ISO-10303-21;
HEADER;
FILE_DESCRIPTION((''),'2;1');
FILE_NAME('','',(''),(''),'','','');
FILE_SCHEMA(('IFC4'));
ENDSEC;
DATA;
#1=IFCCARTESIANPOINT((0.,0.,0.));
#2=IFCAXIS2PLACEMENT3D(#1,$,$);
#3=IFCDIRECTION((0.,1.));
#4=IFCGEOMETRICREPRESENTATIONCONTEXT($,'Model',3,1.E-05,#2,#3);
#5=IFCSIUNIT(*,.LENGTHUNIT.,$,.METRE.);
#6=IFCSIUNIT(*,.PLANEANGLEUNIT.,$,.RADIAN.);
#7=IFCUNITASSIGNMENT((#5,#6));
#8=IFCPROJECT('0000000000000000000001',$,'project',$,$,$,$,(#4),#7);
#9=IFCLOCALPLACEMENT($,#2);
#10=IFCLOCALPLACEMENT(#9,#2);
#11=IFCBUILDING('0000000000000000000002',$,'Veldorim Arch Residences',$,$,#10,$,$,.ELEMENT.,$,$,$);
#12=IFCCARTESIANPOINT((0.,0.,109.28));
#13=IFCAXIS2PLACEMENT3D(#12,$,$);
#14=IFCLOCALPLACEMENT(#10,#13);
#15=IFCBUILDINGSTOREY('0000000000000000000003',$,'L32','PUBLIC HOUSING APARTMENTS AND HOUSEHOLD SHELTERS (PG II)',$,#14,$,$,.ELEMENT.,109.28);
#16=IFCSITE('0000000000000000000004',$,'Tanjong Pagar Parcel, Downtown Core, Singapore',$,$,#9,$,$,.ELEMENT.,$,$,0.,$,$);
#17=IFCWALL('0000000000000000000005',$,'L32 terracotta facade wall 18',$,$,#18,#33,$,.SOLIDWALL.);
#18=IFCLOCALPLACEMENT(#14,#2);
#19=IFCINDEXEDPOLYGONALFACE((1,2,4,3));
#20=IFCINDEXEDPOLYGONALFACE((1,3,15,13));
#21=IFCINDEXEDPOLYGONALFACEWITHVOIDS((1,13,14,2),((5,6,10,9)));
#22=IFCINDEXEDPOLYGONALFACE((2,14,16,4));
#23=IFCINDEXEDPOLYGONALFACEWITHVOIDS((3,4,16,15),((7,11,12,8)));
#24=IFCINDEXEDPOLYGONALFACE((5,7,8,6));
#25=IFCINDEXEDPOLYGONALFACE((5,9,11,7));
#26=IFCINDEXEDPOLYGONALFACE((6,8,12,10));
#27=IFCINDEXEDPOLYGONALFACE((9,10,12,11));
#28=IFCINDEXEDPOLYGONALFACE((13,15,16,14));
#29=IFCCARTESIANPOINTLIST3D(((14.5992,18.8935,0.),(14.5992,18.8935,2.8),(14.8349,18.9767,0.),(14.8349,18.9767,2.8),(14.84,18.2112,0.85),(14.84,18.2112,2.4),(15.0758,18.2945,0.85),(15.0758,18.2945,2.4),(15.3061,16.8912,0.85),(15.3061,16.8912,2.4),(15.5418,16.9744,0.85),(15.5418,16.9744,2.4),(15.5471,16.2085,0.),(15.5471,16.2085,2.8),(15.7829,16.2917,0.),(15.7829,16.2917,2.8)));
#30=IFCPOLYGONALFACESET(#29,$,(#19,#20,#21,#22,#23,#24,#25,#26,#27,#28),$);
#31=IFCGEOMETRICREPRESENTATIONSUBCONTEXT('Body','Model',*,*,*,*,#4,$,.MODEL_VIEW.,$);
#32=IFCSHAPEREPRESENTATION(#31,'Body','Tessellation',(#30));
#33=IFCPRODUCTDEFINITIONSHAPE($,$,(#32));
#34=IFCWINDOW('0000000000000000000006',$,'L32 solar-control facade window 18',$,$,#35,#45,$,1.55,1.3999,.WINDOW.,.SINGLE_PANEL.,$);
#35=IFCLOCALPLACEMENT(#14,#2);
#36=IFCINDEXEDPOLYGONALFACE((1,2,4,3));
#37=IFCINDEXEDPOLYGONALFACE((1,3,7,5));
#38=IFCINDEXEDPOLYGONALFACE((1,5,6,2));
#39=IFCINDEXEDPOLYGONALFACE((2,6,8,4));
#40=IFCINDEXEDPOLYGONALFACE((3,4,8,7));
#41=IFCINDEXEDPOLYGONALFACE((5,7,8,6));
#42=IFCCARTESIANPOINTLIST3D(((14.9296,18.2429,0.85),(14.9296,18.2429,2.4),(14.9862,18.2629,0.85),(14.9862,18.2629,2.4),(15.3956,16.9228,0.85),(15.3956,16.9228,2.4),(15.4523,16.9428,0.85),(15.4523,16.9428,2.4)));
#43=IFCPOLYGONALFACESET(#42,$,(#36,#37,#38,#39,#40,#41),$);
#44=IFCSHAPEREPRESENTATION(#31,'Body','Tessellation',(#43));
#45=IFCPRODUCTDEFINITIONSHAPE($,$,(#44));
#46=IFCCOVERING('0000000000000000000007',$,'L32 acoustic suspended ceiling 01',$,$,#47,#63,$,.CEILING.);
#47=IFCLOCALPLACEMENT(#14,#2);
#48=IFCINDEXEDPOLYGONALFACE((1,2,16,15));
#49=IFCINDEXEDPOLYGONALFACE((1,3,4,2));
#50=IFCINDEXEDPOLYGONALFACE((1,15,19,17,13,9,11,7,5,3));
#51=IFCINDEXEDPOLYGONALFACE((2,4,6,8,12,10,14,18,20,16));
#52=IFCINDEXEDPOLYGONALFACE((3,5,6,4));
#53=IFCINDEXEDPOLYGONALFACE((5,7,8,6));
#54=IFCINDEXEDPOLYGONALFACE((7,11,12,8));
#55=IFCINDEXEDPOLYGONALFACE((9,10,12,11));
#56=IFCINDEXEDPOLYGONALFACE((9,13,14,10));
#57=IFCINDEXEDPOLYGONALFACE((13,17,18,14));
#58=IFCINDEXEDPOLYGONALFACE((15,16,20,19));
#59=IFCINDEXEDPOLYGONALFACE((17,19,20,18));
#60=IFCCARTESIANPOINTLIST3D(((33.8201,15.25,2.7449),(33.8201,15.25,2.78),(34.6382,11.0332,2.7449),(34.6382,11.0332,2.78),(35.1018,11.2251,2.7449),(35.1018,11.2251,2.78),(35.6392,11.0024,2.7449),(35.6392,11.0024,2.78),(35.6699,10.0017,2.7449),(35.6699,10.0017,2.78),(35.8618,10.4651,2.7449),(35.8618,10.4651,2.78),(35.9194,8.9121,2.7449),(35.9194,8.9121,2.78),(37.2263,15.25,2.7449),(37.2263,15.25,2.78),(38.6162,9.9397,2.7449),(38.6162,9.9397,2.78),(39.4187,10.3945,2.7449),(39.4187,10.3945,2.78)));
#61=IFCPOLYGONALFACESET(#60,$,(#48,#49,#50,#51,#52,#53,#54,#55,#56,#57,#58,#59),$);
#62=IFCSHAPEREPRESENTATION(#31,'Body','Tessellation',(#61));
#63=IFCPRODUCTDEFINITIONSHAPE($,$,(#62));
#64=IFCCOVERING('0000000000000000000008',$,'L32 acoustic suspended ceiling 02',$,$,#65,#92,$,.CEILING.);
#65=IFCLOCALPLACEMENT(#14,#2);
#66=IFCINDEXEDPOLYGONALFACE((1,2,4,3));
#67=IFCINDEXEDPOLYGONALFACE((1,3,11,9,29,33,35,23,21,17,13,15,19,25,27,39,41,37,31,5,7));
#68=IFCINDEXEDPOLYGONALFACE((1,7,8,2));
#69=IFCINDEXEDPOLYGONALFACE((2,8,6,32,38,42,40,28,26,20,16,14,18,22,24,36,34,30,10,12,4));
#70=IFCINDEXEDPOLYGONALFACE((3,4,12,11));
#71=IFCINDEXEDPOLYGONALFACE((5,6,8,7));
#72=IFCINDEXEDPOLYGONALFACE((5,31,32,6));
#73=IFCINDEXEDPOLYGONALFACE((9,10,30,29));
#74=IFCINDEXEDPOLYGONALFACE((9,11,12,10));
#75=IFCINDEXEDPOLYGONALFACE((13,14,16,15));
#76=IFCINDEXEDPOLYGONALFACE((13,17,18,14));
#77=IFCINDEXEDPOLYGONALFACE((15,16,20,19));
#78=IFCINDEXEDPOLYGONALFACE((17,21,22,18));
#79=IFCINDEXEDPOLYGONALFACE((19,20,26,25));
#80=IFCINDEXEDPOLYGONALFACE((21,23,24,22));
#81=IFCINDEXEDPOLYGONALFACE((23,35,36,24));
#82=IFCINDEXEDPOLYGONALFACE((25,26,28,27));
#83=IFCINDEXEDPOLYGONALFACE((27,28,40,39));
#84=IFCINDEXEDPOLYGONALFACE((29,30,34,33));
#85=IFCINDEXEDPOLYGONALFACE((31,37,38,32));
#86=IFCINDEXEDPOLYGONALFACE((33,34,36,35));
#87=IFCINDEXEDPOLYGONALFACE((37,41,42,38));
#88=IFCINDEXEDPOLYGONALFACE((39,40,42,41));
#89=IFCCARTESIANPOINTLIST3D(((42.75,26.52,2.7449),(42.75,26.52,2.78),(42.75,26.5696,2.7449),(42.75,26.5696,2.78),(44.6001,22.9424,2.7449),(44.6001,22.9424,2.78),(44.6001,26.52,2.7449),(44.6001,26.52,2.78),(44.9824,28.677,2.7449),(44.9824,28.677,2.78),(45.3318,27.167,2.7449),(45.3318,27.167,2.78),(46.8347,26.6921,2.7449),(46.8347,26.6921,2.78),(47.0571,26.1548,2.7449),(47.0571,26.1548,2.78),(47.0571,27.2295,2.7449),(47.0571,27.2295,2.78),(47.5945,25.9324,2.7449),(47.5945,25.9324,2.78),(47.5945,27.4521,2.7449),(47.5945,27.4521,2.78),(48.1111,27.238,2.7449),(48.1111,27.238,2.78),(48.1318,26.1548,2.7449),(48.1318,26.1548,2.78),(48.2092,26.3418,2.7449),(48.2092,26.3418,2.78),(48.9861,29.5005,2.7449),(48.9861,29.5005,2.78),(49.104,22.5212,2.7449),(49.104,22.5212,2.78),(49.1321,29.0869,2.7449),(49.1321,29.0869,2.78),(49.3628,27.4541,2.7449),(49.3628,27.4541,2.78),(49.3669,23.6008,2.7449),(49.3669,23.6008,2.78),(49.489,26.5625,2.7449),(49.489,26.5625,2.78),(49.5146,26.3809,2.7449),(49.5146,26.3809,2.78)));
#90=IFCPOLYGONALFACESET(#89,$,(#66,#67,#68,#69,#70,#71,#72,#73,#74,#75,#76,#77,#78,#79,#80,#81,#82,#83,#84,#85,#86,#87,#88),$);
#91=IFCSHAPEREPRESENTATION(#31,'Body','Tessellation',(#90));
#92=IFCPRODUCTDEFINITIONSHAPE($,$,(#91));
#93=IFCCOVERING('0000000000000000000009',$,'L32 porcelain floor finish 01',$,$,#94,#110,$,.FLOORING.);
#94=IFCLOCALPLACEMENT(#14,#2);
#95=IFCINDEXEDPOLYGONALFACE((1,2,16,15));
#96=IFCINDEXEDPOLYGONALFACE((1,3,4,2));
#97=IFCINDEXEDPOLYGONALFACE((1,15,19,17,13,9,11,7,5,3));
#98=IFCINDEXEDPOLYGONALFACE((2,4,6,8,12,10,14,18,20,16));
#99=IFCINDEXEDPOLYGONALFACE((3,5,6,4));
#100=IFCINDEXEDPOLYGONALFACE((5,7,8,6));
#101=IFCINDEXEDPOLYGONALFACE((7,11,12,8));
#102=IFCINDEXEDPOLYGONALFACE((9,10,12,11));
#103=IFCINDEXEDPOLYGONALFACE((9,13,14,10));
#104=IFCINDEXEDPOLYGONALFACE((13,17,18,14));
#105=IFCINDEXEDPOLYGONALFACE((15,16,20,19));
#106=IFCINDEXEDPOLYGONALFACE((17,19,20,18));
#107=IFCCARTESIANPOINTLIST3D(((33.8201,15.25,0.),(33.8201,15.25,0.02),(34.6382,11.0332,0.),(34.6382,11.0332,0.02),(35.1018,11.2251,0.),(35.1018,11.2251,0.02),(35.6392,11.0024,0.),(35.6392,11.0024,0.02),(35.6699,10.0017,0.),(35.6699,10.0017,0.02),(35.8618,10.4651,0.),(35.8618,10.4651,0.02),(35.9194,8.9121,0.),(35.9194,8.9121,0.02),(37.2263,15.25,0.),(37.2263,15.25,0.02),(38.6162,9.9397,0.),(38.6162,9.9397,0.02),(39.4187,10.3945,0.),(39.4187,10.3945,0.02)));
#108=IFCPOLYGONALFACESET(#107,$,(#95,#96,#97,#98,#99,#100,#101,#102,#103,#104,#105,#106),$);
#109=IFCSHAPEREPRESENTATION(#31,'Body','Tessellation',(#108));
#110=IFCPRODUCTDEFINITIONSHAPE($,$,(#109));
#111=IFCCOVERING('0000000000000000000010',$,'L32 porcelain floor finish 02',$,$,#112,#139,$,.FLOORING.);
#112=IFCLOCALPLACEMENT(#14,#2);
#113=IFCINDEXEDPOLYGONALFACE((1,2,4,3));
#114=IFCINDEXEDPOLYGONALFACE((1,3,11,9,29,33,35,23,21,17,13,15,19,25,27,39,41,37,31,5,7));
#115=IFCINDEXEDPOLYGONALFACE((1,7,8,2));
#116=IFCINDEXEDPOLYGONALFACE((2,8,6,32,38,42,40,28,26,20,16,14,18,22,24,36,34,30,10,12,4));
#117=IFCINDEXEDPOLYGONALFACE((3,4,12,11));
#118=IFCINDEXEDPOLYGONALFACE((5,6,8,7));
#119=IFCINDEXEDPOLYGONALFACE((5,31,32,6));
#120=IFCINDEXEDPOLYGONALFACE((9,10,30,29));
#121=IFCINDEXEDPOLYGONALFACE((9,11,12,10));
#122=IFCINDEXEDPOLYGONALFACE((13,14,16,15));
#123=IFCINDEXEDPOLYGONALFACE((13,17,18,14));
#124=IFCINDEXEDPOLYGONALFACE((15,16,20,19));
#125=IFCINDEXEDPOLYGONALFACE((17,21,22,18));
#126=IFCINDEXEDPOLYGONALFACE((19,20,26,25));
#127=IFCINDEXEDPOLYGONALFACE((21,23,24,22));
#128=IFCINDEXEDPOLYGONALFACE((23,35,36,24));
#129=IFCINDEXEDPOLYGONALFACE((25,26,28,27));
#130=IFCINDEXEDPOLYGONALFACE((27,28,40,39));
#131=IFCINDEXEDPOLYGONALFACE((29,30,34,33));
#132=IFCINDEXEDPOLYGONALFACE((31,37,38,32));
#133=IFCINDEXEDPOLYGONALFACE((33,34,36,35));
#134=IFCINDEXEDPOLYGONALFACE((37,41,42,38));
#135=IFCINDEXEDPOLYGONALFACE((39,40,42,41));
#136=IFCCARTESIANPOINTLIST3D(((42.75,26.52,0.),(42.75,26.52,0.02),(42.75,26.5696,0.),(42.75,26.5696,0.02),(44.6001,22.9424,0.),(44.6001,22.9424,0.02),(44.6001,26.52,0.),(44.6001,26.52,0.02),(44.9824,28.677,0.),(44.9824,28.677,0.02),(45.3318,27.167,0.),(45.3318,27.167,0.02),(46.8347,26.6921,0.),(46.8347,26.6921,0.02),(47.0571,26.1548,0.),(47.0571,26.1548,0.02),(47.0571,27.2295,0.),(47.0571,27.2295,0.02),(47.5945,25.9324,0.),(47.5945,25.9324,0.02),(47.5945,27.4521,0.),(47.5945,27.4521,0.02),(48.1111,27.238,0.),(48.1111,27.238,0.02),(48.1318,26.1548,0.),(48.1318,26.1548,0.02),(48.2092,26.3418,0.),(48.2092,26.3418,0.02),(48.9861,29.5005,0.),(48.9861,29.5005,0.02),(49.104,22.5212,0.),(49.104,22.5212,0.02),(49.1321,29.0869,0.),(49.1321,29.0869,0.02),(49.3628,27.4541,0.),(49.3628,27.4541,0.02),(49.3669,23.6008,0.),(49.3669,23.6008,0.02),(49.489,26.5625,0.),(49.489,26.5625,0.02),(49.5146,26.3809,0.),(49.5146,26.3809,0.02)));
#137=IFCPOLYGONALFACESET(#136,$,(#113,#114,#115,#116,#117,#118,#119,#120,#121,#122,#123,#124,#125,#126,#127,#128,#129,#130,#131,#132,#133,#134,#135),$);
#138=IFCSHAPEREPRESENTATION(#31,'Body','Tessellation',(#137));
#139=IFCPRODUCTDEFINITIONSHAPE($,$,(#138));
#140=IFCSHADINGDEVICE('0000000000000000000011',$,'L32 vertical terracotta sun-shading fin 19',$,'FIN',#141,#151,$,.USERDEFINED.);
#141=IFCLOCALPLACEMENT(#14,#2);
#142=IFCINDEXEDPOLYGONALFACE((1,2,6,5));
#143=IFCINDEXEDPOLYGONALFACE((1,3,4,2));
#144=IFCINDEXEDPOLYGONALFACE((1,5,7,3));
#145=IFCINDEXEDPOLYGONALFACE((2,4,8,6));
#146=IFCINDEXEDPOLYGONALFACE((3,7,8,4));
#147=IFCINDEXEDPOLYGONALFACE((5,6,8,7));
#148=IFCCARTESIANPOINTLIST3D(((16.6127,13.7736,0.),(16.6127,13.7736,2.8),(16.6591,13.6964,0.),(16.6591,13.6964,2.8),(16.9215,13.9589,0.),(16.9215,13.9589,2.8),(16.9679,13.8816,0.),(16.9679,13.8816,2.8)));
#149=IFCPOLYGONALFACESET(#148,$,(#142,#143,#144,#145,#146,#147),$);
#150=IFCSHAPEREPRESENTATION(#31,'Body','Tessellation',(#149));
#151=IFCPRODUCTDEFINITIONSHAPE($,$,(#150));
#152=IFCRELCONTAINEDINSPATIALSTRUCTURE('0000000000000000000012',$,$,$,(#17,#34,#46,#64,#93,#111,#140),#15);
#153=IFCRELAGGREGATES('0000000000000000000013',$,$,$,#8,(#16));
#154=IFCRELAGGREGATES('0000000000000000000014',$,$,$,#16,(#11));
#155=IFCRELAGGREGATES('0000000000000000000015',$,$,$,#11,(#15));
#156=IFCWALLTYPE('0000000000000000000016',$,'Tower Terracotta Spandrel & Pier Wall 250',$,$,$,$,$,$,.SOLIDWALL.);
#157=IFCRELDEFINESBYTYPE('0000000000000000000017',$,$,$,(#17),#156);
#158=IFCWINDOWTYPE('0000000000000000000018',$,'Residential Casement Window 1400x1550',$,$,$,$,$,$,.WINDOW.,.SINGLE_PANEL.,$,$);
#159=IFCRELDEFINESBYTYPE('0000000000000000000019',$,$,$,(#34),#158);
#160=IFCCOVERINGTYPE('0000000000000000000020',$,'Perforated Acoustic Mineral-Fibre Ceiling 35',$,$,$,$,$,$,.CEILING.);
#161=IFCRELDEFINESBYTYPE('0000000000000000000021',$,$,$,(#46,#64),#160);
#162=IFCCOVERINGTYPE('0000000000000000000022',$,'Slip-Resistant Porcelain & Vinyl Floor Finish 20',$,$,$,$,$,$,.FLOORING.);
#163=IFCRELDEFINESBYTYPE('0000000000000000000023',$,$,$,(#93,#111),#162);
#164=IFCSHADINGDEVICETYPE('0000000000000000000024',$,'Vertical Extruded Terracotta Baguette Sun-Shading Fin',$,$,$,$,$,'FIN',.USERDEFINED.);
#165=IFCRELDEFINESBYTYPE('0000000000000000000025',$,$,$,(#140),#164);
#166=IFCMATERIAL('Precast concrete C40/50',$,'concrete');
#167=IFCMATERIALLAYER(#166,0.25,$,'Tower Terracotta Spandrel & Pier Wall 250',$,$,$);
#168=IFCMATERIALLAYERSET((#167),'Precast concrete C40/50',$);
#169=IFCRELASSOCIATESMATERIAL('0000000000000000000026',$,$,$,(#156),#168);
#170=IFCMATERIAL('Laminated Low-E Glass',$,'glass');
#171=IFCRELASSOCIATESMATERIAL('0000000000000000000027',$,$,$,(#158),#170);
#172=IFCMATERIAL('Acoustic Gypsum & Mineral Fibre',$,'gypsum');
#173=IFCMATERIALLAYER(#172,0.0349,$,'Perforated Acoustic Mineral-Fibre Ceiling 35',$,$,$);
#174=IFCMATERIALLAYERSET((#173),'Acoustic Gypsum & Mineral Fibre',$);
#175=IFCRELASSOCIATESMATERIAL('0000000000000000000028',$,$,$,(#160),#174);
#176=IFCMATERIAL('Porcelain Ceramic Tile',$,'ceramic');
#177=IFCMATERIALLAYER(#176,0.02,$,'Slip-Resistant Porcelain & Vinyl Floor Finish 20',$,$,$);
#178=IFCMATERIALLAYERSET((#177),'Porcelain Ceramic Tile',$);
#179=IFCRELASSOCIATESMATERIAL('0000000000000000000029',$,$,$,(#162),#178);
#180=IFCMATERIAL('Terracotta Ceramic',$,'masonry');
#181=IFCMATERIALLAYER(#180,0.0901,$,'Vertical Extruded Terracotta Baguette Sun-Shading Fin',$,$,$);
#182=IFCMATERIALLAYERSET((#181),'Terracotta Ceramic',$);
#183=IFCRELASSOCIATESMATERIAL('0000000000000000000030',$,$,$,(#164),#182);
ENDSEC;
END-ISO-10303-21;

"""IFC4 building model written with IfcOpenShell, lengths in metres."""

from ifc_helpers import new_model, si_unit, direction, frame, frame_2d, origin, origin_2d, place, context, subcontext, project, spatial, polyline, rectangle, outline, extrude, material, layer, layer_set, type_object, element, fill, save


model = new_model("IFC4")

# Units and contexts
model_context = context("Model", 3, precision=1e-05, world=origin(), true_north=direction((0.0, 1.0)))
body_context = subcontext(model_context, "Body", "Model", "MODEL_VIEW")
ifc_project = project(units=[si_unit("LENGTHUNIT", "METRE"), si_unit("PLANEANGLEUNIT", "RADIAN")], contexts=[model_context])

# Site, building, storey
site_placement = place(None, origin())
site = spatial("IfcSite", under=ifc_project, at=site_placement, Name="Tanjong Pagar Parcel, Downtown Core, Singapore", CompositionType="ELEMENT", RefElevation=0.0)
building_placement = place(site_placement, origin())
building = spatial("IfcBuilding", under=site, at=building_placement, Name="Veldorim Arch Residences", CompositionType="ELEMENT")
storey_placement = place(building_placement, frame((0.0, 0.0, 109.28)))
storey = spatial("IfcBuildingStorey", under=building, at=storey_placement, Name="L32", Description="PUBLIC HOUSING APARTMENTS AND HOUSEHOLD SHELTERS (PG II)", CompositionType="ELEMENT", Elevation=109.28)

# Shared definitions
ifc_material_1 = material(Name="Precast concrete C40/50", Category="concrete")
ifc_layer_1 = layer(ifc_material_1, 0.25, Name="Tower Terracotta Spandrel & Pier Wall 250")
ifc_layer_set_1 = layer_set([ifc_layer_1], Name="Precast concrete C40/50")
wall_type = type_object("IfcWallType", Name="Tower Terracotta Spandrel & Pier Wall 250", PredefinedType="SOLIDWALL", material=ifc_layer_set_1)

# Wall, opening, window
wall_1_placement = place(storey_placement, frame((15.665, 16.25, 0.0), z_axis=(0.0, 0.0, 1.0), x_axis=(-0.332923, 0.942954, 0.0)))
wall_1 = element("IfcWall", 1, at=wall_1_placement, inside=storey, type_object=wall_type, Name="L32 terracotta facade wall 18", PredefinedType="SOLIDWALL", context=body_context, shape_type="SweptSolid", body=[
    extrude(rectangle(XDim=2.8474, YDim=0.25, at=frame_2d((1.4238, 0.0))), origin(), (0.0, 0.0, 1.0), 2.8),
])
opening_placement = place(wall_1_placement, frame((0.7241, 0.0, 0.8501)))
opening = element("IfcOpeningElement", 2, at=opening_placement, cuts=wall_1, PredefinedType="OPENING", context=body_context, shape_type="SweptSolid", body=[
    extrude(rectangle(XDim=1.3999, YDim=1.55, at=frame_2d((0.7, 0.7749))), frame((0.0, 0.135, 0.0), z_axis=(0.0, -1.0, 0.0), x_axis=(1.0, 0.0, 0.0)), (0.0, 0.0, 1.0), 0.27),
])
ifc_material_2 = material(Name="Laminated Low-E Glass", Category="glass")
window_type = type_object("IfcWindowType", Name="Residential Casement Window 1400x1550", PartitioningType="SINGLE_PANEL", PredefinedType="WINDOW", material=ifc_material_2)
window_placement = place(opening_placement, origin())
window = element("IfcWindow", 3, at=window_placement, inside=storey, type_object=window_type, Name="L32 solar-control facade window 18", OverallHeight=1.55, OverallWidth=1.3999, PartitioningType="SINGLE_PANEL", PredefinedType="WINDOW", context=body_context, shape_type="SweptSolid", body=[
    extrude(rectangle(XDim=1.3999, YDim=1.55, at=frame_2d((0.7, 0.7749))), frame((0.0, 0.03, 0.0), z_axis=(0.0, -1.0, 0.0), x_axis=(1.0, 0.0, 0.0)), (0.0, 0.0, 1.0), 0.0601),
])
fill(opening, window)

# Coverings
ifc_material_3 = material(Name="Acoustic Gypsum & Mineral Fibre", Category="gypsum")
ifc_layer_2 = layer(ifc_material_3, 0.0349, Name="Perforated Acoustic Mineral-Fibre Ceiling 35")
ifc_layer_set_2 = layer_set([ifc_layer_2], Name="Acoustic Gypsum & Mineral Fibre")
covering_type_1 = type_object("IfcCoveringType", Name="Perforated Acoustic Mineral-Fibre Ceiling 35", PredefinedType="CEILING", material=ifc_layer_set_2)
covering_1_placement = place(storey_placement, frame((0.0, 0.0, 2.7449)))
element("IfcCovering", 4, at=covering_1_placement, inside=storey, type_object=covering_type_1, Name="L32 acoustic suspended ceiling 01", PredefinedType="CEILING", context=body_context, shape_type="SweptSolid", body=[
    extrude(outline(polyline([(33.8201, 15.25), (37.2263, 15.25), (39.4187, 10.3945), (38.6162, 9.9397), (35.9194, 8.9121), (35.6699, 10.0017), (35.8618, 10.4651), (35.6392, 11.0024), (35.1018, 11.2251), (34.6382, 11.0332), (33.8201, 15.25)])), origin(), (0.0, 0.0, 1.0), 0.0352),
])
covering_2_placement = place(storey_placement, frame((0.0, 0.0, 2.7449)))
element("IfcCovering", 5, at=covering_2_placement, inside=storey, type_object=covering_type_1, Name="L32 acoustic suspended ceiling 02", PredefinedType="CEILING", context=body_context, shape_type="SweptSolid", body=[
    extrude(outline(polyline([(47.5945, 25.9324), (48.1318, 26.1548), (48.2092, 26.3418), (49.489, 26.5625), (49.5146, 26.3809), (49.3669, 23.6008), (49.104, 22.5212), (44.6001, 22.9424), (44.6001, 26.52), (42.75, 26.52), (42.75, 26.5696), (45.3318, 27.167), (44.9824, 28.677), (48.9861, 29.5005), (49.1321, 29.0869), (49.3628, 27.4541), (48.1111, 27.238), (47.5945, 27.4521), (47.0571, 27.2295), (46.8347, 26.6921), (47.0571, 26.1548), (47.5945, 25.9324)])), origin(), (0.0, 0.0, 1.0), 0.0352),
])
ifc_material_4 = material(Name="Porcelain Ceramic Tile", Category="ceramic")
ifc_layer_3 = layer(ifc_material_4, 0.02, Name="Slip-Resistant Porcelain & Vinyl Floor Finish 20")
ifc_layer_set_3 = layer_set([ifc_layer_3], Name="Porcelain Ceramic Tile")
covering_type_2 = type_object("IfcCoveringType", Name="Slip-Resistant Porcelain & Vinyl Floor Finish 20", PredefinedType="FLOORING", material=ifc_layer_set_3)
covering_3_placement = place(storey_placement, origin())
element("IfcCovering", 6, at=covering_3_placement, inside=storey, type_object=covering_type_2, Name="L32 porcelain floor finish 01", PredefinedType="FLOORING", context=body_context, shape_type="SweptSolid", body=[
    extrude(outline(polyline([(33.8201, 15.25), (37.2263, 15.25), (39.4187, 10.3945), (38.6162, 9.9397), (35.9194, 8.9121), (35.6699, 10.0017), (35.8618, 10.4651), (35.6392, 11.0024), (35.1018, 11.2251), (34.6382, 11.0332), (33.8201, 15.25)])), origin(), (0.0, 0.0, 1.0), 0.02),
])
covering_4_placement = place(storey_placement, origin())
element("IfcCovering", 7, at=covering_4_placement, inside=storey, type_object=covering_type_2, Name="L32 porcelain floor finish 02", PredefinedType="FLOORING", context=body_context, shape_type="SweptSolid", body=[
    extrude(outline(polyline([(47.5945, 25.9324), (48.1318, 26.1548), (48.2092, 26.3418), (49.489, 26.5625), (49.5146, 26.3809), (49.3669, 23.6008), (49.104, 22.5212), (44.6001, 22.9424), (44.6001, 26.52), (42.75, 26.52), (42.75, 26.5696), (45.3318, 27.167), (44.9824, 28.677), (48.9861, 29.5005), (49.1321, 29.0869), (49.3628, 27.4541), (48.1111, 27.238), (47.5945, 27.4521), (47.0571, 27.2295), (46.8347, 26.6921), (47.0571, 26.1548), (47.5945, 25.9324)])), origin(), (0.0, 0.0, 1.0), 0.02),
])

# Shading device
ifc_material_5 = material(Name="Terracotta Ceramic", Category="masonry")
ifc_layer_4 = layer(ifc_material_5, 0.0901, Name="Vertical Extruded Terracotta Baguette Sun-Shading Fin")
ifc_layer_set_4 = layer_set([ifc_layer_4], Name="Terracotta Ceramic")
shading_device_type = type_object("IfcShadingDeviceType", Name="Vertical Extruded Terracotta Baguette Sun-Shading Fin", ElementType="FIN", PredefinedType="USERDEFINED", material=ifc_layer_set_4)
shading_device_placement = place(storey_placement, frame((16.7903, 13.8276, 0.0), z_axis=(0.0, 0.0, 1.0), x_axis=(-0.51444, 0.857527, 0.0)))
element("IfcShadingDevice", 8, at=shading_device_placement, inside=storey, type_object=shading_device_type, Name="L32 vertical terracotta sun-shading fin 19", ObjectType="FIN", PredefinedType="USERDEFINED", context=body_context, shape_type="SweptSolid", body=[
    extrude(rectangle(XDim=0.0901, YDim=0.3601, at=origin_2d()), origin(), (0.0, 0.0, 1.0), 2.8),
])

save(model, "model.ifc")
